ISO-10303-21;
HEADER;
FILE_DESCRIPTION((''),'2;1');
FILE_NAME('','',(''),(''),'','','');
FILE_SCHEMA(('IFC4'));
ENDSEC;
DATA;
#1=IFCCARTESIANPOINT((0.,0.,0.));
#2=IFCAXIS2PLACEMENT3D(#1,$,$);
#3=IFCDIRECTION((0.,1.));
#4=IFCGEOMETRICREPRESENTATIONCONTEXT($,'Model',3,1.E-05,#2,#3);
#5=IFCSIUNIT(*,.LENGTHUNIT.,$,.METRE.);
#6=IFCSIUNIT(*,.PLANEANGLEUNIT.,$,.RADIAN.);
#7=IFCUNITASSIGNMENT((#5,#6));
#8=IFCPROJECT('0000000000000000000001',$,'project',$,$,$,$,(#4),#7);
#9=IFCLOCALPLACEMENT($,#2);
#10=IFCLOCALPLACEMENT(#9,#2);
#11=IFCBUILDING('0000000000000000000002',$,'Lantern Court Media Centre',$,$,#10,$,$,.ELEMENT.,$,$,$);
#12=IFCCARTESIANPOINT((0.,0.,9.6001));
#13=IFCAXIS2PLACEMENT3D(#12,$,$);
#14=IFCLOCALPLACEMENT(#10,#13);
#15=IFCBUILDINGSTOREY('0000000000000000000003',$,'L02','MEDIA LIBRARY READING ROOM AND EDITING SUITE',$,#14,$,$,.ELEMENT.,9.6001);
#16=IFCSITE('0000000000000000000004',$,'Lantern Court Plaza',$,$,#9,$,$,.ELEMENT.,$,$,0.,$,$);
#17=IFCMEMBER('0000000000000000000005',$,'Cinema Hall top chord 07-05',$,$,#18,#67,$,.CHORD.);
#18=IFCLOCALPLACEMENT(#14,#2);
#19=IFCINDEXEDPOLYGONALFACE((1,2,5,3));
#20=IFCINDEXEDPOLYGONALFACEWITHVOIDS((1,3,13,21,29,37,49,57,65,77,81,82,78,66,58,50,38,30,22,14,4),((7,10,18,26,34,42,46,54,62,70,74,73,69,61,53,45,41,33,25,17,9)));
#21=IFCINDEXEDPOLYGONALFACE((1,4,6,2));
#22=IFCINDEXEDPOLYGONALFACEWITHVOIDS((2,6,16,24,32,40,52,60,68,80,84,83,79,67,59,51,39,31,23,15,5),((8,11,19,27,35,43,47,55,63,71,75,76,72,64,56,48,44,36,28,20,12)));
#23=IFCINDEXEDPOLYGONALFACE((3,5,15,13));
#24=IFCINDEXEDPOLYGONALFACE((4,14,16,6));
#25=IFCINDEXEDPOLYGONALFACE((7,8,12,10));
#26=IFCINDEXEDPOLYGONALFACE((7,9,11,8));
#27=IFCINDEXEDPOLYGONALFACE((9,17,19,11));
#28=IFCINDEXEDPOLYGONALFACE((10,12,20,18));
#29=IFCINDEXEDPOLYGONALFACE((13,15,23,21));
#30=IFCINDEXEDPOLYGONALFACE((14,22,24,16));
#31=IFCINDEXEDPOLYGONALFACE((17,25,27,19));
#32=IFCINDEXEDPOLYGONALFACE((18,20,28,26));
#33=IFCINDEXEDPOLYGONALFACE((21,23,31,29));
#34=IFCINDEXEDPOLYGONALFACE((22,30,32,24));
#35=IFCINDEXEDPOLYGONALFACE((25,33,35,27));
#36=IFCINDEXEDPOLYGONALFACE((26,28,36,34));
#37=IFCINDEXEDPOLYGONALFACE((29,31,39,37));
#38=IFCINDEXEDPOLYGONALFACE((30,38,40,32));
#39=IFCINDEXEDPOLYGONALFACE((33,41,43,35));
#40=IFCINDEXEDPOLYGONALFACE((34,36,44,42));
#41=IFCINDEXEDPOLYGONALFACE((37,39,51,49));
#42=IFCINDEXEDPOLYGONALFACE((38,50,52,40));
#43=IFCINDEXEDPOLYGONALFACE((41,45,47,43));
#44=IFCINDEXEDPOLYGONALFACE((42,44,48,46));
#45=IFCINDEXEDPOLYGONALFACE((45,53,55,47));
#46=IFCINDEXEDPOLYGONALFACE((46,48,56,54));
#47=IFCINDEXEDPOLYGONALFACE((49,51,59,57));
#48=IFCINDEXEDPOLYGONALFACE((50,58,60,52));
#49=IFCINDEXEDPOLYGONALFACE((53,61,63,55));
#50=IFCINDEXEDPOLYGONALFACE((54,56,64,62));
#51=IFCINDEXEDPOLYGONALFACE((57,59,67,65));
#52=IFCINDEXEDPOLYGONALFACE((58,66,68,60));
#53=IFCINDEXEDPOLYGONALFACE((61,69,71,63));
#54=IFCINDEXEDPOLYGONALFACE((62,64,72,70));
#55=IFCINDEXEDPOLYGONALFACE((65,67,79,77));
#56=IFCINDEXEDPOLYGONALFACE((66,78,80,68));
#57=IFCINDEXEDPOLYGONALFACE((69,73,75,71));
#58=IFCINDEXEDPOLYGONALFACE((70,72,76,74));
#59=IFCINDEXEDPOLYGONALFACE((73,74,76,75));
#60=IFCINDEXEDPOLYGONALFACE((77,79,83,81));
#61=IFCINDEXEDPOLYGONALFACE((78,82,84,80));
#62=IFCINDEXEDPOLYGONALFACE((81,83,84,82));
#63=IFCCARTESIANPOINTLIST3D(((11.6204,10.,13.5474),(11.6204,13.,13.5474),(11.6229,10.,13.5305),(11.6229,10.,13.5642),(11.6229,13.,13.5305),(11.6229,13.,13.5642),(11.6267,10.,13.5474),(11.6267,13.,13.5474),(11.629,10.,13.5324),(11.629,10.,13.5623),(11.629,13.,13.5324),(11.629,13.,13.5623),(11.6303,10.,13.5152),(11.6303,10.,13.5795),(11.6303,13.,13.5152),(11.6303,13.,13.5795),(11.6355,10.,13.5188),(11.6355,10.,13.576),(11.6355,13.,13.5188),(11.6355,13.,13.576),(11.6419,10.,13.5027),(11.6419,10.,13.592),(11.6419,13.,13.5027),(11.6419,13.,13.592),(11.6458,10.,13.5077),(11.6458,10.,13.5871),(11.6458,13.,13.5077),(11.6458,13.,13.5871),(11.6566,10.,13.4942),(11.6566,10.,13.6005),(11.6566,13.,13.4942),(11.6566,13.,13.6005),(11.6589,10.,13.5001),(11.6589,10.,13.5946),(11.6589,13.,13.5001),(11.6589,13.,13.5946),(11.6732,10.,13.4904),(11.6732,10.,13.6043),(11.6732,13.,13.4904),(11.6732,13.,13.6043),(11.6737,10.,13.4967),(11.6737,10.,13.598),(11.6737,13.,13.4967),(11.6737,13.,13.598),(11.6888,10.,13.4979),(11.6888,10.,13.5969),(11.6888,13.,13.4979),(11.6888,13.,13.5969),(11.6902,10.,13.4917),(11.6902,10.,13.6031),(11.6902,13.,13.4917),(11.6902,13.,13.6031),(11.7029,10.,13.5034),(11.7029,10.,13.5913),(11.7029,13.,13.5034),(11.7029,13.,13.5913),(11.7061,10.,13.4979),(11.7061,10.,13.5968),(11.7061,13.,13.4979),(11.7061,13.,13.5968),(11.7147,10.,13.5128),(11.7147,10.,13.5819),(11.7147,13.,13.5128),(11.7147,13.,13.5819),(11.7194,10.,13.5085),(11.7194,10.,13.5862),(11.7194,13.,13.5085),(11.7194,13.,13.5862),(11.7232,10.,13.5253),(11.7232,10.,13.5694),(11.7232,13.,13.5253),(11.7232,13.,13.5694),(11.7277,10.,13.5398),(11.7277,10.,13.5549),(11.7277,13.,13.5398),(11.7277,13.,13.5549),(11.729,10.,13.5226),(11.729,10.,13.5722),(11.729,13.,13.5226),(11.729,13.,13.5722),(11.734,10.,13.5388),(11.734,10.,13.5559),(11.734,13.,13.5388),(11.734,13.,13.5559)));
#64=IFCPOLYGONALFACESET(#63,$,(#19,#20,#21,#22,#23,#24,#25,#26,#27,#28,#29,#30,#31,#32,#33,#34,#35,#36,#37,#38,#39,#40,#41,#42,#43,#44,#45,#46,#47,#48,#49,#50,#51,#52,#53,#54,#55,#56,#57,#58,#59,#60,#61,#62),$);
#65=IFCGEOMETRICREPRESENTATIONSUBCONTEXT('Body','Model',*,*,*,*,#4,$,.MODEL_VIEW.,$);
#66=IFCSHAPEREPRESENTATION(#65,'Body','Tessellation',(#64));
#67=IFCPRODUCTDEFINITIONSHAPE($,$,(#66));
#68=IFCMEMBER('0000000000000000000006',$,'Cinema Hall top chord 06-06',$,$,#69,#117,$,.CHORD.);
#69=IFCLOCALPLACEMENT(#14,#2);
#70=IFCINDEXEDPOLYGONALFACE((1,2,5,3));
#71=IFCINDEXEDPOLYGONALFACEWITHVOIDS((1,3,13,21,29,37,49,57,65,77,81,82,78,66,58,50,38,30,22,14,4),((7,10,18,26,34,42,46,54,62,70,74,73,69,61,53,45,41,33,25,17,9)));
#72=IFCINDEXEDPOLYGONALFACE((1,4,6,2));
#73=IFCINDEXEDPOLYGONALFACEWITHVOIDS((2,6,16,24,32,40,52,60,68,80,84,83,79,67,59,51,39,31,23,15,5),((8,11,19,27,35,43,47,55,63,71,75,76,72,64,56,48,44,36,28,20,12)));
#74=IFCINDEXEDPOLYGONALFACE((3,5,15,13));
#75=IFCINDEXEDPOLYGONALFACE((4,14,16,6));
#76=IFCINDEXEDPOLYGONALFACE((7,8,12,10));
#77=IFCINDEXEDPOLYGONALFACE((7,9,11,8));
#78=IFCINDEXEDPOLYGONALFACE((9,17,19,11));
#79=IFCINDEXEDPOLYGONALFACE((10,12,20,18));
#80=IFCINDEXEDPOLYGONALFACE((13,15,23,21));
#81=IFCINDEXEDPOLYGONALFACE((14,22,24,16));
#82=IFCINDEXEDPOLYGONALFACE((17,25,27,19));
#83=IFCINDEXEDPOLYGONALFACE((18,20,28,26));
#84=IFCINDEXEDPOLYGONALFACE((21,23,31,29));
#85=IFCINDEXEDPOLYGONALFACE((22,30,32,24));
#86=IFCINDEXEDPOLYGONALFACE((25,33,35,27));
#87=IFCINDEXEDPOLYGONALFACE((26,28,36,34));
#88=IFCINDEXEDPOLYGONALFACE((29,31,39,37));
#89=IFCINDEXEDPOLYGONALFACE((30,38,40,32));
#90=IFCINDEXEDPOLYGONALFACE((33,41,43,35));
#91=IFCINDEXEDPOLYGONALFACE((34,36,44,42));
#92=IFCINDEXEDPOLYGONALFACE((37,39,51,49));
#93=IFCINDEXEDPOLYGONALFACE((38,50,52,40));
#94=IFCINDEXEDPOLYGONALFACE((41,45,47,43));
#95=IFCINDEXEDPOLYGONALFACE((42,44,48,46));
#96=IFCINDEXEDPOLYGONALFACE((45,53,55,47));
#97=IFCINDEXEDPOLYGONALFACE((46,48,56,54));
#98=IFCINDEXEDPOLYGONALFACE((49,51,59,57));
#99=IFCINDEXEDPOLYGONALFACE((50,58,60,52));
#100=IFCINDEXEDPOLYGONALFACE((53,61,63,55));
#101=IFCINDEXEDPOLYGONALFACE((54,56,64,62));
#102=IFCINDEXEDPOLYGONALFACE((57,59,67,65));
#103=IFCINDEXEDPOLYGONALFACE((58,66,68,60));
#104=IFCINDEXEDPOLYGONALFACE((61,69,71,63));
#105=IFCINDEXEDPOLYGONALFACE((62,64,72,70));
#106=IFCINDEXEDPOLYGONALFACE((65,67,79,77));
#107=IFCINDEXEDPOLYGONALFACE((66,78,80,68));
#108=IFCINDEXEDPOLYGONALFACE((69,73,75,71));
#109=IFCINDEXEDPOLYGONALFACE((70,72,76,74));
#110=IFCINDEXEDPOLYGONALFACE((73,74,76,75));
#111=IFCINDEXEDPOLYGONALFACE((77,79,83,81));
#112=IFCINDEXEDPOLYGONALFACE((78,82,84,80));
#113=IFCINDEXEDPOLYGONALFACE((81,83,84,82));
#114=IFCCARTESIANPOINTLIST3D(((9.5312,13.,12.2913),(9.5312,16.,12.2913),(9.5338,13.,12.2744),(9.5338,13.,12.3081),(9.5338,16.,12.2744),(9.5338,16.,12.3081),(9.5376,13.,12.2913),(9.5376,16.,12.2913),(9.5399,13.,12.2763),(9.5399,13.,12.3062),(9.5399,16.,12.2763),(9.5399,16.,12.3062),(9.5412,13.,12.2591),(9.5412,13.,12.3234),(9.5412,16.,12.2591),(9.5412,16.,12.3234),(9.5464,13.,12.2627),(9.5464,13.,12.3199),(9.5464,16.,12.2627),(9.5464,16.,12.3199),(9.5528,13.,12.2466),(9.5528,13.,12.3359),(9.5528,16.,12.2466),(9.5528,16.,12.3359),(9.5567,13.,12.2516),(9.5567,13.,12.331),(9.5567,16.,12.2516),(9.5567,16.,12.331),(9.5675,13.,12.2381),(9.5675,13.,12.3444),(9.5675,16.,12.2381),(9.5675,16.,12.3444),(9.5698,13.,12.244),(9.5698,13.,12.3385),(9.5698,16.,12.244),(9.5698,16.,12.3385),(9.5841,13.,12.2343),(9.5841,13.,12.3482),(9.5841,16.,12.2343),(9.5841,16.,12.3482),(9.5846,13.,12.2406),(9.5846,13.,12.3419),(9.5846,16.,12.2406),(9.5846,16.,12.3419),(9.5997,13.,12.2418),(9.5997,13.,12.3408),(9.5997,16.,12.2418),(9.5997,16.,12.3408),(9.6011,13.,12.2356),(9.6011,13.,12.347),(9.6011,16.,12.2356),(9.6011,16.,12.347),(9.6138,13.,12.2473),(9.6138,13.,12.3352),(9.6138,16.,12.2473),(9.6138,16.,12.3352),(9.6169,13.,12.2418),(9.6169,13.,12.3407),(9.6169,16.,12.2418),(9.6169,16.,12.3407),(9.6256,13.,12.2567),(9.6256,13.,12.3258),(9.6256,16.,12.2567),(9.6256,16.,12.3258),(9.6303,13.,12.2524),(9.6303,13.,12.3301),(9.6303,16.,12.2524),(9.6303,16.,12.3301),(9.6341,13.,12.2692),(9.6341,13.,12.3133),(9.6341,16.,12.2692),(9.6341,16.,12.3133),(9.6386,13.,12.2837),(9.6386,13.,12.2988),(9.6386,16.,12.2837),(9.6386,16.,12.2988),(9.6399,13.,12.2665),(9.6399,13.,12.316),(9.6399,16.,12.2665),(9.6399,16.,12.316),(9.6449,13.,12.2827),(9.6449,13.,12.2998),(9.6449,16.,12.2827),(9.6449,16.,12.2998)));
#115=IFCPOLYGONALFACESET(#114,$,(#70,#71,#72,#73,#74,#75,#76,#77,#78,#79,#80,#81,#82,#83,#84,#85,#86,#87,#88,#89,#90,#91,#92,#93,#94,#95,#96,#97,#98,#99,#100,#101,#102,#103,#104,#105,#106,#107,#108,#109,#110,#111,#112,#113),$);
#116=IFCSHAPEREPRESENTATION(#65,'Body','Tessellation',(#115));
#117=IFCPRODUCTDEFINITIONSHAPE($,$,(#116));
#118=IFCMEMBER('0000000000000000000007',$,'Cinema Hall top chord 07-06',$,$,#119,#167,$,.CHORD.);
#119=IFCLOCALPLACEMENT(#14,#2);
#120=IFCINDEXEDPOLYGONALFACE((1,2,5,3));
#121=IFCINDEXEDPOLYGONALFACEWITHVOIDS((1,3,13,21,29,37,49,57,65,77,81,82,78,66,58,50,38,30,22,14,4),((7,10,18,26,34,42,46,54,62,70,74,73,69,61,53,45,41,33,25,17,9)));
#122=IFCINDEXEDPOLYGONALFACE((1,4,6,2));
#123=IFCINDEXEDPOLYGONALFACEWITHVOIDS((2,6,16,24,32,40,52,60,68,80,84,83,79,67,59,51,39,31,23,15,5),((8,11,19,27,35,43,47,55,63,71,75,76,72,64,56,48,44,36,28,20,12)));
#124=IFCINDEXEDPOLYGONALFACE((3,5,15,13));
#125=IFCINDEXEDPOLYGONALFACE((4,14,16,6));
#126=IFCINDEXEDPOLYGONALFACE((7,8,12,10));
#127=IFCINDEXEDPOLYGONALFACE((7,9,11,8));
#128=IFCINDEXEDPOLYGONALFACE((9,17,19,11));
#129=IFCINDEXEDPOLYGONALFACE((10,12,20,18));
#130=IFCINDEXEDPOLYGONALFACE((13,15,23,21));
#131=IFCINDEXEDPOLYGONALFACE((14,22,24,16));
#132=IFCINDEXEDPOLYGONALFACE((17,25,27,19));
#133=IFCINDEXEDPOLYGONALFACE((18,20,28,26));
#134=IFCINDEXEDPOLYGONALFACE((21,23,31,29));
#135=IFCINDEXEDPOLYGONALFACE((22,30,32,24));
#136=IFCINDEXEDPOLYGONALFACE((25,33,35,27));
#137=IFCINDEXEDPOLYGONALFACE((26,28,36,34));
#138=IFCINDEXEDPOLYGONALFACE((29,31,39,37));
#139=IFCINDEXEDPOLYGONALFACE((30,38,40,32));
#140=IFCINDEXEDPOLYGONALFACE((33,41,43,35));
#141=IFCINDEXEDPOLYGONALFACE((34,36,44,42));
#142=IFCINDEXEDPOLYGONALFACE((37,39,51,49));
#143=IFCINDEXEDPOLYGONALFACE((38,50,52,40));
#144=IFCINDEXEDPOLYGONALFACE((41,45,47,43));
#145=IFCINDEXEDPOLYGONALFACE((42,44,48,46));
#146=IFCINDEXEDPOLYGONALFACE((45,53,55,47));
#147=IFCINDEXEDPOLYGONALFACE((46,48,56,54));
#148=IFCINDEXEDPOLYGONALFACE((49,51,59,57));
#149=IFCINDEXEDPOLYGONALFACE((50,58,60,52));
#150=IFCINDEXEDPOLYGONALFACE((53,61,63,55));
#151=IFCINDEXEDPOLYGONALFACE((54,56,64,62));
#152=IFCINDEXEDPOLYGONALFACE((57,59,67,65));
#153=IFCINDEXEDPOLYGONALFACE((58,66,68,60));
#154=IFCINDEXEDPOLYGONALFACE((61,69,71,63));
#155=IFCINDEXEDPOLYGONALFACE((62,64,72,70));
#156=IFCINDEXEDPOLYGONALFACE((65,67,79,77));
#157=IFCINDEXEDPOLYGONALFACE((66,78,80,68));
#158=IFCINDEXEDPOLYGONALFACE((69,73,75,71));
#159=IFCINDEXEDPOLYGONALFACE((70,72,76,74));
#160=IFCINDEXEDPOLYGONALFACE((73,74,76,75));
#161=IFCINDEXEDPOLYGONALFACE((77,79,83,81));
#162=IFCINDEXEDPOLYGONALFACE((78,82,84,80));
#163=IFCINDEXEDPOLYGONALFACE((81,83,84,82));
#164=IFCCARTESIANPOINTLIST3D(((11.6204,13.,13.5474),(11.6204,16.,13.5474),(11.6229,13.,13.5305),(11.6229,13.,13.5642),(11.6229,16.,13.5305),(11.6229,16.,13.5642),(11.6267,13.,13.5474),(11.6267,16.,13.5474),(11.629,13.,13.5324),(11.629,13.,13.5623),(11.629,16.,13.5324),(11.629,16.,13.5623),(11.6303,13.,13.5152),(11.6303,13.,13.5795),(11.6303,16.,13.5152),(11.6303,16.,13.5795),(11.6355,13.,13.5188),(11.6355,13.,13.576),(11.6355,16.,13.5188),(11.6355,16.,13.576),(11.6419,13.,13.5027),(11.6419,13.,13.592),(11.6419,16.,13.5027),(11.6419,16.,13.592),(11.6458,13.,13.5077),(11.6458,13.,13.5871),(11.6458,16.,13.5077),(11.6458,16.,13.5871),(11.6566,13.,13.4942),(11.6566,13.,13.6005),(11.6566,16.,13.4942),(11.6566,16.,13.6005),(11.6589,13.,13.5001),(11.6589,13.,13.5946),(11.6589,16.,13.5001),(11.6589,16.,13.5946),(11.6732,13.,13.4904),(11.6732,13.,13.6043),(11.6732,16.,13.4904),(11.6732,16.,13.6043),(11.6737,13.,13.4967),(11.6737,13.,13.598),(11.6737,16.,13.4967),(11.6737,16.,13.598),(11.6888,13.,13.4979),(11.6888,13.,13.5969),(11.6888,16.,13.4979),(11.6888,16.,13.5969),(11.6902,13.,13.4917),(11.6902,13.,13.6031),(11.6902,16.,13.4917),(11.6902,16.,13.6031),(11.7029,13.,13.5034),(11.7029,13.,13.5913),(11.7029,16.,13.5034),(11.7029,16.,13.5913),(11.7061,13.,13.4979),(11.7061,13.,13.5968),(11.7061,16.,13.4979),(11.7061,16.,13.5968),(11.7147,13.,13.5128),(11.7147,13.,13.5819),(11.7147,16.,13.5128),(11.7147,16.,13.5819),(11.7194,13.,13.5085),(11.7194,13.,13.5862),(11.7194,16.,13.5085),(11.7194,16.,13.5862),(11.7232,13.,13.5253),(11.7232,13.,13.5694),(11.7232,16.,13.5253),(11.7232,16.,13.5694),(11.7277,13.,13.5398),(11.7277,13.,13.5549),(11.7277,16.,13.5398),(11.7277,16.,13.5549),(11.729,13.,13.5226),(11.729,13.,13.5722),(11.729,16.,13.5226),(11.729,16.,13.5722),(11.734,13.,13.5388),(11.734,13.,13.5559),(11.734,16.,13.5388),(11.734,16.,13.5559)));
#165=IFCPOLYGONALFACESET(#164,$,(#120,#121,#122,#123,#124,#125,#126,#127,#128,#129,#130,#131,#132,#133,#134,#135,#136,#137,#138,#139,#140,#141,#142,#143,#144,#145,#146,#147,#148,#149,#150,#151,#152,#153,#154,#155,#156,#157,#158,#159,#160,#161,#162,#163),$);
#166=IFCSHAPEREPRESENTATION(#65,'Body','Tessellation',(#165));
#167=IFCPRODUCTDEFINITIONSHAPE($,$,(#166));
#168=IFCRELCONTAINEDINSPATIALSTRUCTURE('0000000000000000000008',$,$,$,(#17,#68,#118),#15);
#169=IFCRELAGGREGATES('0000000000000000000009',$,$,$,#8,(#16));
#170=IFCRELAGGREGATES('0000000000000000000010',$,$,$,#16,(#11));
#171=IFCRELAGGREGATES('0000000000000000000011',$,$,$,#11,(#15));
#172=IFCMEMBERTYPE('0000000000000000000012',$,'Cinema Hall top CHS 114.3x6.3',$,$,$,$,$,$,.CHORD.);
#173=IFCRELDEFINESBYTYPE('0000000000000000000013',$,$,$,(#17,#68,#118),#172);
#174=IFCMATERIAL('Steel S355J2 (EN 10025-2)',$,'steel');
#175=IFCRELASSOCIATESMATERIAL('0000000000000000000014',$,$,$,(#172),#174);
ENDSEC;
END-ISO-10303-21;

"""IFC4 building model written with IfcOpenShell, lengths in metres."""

from ifc_helpers import new_model, si_unit, direction, frame, origin, origin_2d, place, context, subcontext, project, spatial, hollow_circle, extrude, material, material_profile, profile_set, type_object, element, save


model = new_model("IFC4")

# Units and contexts
model_context = context("Model", 3, precision=1e-05, world=origin(), true_north=direction((0.0, 1.0)))
body_context = subcontext(model_context, "Body", "Model", "MODEL_VIEW")
ifc_project = project(units=[si_unit("LENGTHUNIT", "METRE"), si_unit("PLANEANGLEUNIT", "RADIAN")], contexts=[model_context])

# Site, building, storey
site_placement = place(None, origin())
site = spatial("IfcSite", under=ifc_project, at=site_placement, Name="Lantern Court Plaza", CompositionType="ELEMENT", RefElevation=0.0)
building_placement = place(site_placement, origin())
building = spatial("IfcBuilding", under=site, at=building_placement, Name="Lantern Court Media Centre", CompositionType="ELEMENT")
storey_placement = place(building_placement, frame((0.0, 0.0, 9.6001)))
storey = spatial("IfcBuildingStorey", under=building, at=storey_placement, Name="L02", Description="MEDIA LIBRARY READING ROOM AND EDITING SUITE", CompositionType="ELEMENT", Elevation=9.6001)

# Members
ifc_material = material(Name="Steel S355J2 (EN 10025-2)", Category="steel")
ifc_material_profile_1 = material_profile(ifc_material, hollow_circle(Radius=0.0571, WallThickness=0.0063, at=origin_2d()), Name="Cinema Hall top CHS 114.3x6.3")
ifc_profile_set_1 = profile_set([ifc_material_profile_1], Name="Steel S355J2 (EN 10025-2)")
member_type_1 = type_object("IfcMemberType", Name="Cinema Hall top CHS 114.3x6.3", PredefinedType="CHORD", material=ifc_profile_set_1)
for number, where, z_axis, x_axis, name in (
    (1, (11.6775, 10.0, 13.5474), (0.0, 1.0, 0.0), (-1.0, 0.0, 0.0), "Cinema Hall top chord 07-05"),
    (2, (9.5884, 13.0, 12.2913), (0.0, 1.0, 0.0), (-1.0, 0.0, 0.0), "Cinema Hall top chord 06-06"),
    (3, (11.6775, 13.0, 13.5474), (0.0, 1.0, 0.0), (-1.0, 0.0, 0.0), "Cinema Hall top chord 07-06"),
):
    element("IfcMember", number, at=place(storey_placement, frame(where, z_axis=z_axis, x_axis=x_axis)), inside=storey, type_object=member_type_1, Name=name, PredefinedType="CHORD", context=body_context, shape_type="SweptSolid", body=[
        extrude(hollow_circle(Radius=0.0571, WallThickness=0.0063, at=origin_2d()), origin(), (0.0, 0.0, 1.0), 3.0),
    ])

save(model, "model.ifc")
